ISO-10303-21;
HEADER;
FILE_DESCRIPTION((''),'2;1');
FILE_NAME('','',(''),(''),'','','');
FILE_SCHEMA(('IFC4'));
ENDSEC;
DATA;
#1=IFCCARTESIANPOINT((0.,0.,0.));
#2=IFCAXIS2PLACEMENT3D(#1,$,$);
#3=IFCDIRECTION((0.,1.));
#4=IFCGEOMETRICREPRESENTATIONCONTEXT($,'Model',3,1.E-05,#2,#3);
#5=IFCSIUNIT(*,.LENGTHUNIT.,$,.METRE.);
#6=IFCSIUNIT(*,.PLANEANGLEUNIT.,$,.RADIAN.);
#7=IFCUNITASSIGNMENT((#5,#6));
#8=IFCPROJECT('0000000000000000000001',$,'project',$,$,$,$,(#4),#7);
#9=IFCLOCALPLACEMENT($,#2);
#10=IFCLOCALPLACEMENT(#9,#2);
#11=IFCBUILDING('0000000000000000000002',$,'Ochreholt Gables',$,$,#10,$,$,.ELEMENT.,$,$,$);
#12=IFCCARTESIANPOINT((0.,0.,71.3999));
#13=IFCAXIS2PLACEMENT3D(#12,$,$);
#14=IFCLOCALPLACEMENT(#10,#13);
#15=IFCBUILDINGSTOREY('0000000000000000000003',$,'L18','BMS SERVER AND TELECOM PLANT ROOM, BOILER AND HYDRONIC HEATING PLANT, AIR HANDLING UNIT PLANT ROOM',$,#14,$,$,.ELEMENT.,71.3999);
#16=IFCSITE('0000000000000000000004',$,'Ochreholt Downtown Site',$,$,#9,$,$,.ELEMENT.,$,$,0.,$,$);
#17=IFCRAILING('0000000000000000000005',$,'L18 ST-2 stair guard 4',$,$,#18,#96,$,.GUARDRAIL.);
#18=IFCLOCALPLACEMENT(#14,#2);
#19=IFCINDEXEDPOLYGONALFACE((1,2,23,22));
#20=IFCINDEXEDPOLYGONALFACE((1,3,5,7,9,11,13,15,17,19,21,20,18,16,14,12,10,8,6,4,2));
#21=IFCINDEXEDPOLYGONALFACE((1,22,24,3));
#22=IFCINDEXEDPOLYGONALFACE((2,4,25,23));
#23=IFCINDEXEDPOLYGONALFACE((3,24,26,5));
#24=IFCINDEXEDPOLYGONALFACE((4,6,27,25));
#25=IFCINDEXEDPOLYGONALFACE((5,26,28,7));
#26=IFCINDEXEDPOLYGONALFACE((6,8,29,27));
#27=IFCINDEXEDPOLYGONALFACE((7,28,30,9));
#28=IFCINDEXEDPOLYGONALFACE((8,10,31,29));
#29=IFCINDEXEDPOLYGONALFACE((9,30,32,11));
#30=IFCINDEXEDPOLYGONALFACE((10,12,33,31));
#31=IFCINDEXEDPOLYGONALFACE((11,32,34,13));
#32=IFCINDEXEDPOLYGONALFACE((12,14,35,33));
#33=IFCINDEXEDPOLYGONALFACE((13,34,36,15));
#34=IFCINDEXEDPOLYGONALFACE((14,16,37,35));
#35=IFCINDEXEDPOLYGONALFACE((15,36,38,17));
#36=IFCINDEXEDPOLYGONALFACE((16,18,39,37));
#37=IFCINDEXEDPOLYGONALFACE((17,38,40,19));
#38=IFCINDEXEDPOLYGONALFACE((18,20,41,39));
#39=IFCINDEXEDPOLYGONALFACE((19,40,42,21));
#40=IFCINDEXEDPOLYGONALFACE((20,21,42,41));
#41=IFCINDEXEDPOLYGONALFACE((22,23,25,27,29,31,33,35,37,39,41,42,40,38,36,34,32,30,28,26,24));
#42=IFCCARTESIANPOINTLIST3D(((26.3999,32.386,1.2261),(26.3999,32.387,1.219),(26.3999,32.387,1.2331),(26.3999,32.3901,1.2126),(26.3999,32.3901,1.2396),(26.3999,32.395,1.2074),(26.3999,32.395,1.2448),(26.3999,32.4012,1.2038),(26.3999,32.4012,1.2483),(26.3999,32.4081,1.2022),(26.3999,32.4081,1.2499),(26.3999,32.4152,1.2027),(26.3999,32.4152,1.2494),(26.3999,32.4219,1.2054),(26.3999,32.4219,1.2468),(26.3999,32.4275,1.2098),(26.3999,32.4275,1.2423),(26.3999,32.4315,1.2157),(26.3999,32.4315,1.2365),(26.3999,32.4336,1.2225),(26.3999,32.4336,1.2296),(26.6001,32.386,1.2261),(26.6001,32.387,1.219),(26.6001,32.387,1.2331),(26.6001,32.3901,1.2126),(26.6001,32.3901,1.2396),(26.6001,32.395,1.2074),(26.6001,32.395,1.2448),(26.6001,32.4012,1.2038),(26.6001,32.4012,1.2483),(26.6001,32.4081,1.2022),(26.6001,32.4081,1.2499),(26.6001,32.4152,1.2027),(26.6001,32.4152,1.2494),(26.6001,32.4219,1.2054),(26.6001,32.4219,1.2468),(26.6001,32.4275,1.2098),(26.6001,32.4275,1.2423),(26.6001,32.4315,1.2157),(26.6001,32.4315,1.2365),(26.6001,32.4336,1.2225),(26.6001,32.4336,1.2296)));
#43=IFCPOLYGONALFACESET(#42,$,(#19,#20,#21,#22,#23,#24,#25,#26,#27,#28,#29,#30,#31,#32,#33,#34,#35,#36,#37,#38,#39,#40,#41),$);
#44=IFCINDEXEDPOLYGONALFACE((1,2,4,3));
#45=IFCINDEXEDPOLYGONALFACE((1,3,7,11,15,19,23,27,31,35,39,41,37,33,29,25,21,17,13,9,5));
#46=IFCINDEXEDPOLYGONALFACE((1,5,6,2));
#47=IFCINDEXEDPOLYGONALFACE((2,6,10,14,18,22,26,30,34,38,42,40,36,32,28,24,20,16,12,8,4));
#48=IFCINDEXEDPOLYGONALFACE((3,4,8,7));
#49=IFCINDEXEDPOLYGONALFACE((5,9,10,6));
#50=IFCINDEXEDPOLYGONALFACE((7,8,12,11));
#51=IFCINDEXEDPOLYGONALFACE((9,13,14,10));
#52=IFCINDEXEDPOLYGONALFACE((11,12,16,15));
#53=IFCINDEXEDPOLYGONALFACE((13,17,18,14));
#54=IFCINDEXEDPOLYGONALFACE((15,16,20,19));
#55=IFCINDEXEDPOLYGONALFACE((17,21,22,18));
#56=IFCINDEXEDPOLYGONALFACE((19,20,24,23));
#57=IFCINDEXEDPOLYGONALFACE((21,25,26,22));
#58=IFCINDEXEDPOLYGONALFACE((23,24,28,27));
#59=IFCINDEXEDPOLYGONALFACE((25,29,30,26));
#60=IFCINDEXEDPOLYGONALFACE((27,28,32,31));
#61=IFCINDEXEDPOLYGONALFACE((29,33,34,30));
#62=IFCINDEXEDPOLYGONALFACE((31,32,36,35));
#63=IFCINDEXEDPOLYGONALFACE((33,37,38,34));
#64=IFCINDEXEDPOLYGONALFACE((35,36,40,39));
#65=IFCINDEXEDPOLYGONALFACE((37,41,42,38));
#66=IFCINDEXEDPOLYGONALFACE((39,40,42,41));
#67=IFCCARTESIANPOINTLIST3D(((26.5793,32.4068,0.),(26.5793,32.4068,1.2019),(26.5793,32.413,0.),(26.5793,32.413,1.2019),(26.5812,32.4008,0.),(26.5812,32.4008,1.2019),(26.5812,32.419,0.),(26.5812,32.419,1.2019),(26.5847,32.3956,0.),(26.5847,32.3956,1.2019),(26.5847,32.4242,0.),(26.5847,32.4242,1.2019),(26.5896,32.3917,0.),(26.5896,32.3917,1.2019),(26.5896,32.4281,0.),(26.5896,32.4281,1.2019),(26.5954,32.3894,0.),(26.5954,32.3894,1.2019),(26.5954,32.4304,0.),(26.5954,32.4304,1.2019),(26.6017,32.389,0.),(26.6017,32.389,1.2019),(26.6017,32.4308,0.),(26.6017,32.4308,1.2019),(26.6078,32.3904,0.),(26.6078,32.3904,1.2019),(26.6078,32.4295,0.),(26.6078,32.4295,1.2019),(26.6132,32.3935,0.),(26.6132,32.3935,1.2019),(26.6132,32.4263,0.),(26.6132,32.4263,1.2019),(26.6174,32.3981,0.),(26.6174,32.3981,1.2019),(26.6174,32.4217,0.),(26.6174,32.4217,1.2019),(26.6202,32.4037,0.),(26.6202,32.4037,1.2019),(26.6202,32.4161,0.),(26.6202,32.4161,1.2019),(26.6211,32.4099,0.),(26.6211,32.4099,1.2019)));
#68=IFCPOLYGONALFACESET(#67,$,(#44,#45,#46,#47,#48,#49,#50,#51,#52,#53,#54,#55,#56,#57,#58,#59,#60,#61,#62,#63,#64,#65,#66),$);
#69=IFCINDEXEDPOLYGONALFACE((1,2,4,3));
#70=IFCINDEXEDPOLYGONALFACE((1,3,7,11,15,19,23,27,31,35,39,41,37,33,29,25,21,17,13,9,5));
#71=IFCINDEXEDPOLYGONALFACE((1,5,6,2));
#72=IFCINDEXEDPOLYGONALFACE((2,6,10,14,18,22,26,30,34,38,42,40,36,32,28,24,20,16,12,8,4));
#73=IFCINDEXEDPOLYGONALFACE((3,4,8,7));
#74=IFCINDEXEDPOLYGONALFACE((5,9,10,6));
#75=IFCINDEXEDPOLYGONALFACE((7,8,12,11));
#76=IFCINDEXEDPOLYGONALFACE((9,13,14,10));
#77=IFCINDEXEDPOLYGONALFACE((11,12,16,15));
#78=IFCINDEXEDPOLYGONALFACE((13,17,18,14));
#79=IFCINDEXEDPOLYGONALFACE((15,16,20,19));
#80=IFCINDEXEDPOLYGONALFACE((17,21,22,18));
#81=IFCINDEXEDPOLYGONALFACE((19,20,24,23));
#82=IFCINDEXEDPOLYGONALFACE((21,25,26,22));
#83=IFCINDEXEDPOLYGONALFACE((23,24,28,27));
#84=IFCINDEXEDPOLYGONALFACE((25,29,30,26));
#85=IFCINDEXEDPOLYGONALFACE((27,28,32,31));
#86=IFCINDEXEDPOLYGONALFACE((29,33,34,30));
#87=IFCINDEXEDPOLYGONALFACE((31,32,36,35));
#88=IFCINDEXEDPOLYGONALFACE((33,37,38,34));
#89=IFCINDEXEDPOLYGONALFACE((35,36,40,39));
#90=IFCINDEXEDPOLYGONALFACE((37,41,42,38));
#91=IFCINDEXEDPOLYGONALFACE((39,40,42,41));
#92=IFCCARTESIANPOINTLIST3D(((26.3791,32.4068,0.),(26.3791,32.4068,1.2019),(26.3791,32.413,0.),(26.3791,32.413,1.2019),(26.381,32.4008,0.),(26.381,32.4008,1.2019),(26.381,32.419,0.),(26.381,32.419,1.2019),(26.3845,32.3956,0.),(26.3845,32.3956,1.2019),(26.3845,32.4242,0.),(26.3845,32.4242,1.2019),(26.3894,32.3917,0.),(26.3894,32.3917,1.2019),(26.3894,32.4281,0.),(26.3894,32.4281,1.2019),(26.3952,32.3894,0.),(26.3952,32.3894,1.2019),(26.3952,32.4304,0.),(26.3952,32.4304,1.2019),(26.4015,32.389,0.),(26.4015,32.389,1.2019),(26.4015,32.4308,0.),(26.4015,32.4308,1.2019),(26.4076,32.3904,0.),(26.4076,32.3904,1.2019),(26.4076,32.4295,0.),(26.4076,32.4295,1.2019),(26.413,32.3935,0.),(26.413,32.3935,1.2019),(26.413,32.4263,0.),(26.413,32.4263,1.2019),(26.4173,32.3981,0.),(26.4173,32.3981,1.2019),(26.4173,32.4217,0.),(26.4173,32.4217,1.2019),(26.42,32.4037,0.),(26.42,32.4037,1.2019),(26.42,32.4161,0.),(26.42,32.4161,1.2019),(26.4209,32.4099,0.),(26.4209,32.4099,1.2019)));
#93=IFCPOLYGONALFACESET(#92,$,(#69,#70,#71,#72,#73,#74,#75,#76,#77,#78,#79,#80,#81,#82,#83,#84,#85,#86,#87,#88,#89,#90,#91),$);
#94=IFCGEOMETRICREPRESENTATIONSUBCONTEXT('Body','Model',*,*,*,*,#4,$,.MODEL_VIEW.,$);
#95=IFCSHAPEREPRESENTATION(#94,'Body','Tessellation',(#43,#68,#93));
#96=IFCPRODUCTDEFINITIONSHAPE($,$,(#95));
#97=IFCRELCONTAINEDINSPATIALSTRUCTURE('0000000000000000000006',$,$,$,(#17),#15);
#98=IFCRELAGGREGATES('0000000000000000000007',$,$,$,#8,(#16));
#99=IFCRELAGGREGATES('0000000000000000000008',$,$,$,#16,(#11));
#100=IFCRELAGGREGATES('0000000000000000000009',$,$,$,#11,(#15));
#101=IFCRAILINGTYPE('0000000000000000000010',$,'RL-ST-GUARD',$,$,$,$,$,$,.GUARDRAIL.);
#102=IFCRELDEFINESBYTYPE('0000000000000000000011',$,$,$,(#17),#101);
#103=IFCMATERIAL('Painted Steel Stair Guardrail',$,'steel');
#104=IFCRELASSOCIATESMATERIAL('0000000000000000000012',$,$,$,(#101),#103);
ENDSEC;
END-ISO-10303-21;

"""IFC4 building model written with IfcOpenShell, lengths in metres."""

from ifc_helpers import new_model, si_unit, direction, frame, origin, origin_2d, place, context, subcontext, project, spatial, circle, extrude, material, type_object, element, save


model = new_model("IFC4")

# Units and contexts
model_context = context("Model", 3, precision=1e-05, world=origin(), true_north=direction((0.0, 1.0)))
body_context = subcontext(model_context, "Body", "Model", "MODEL_VIEW")
ifc_project = project(units=[si_unit("LENGTHUNIT", "METRE"), si_unit("PLANEANGLEUNIT", "RADIAN")], contexts=[model_context])

# Site, building, storey
site_placement = place(None, origin())
site = spatial("IfcSite", under=ifc_project, at=site_placement, Name="Ochreholt Downtown Site", CompositionType="ELEMENT", RefElevation=0.0)
building_placement = place(site_placement, origin())
building = spatial("IfcBuilding", under=site, at=building_placement, Name="Ochreholt Gables", CompositionType="ELEMENT")
storey_placement = place(building_placement, frame((0.0, 0.0, 71.3999)))
storey = spatial("IfcBuildingStorey", under=building, at=storey_placement, Name="L18", Description="BMS SERVER AND TELECOM PLANT ROOM, BOILER AND HYDRONIC HEATING PLANT, AIR HANDLING UNIT PLANT ROOM", CompositionType="ELEMENT", Elevation=71.3999)

# Railing
ifc_material_1 = material(Name="Painted Steel Stair Guardrail", Category="steel")
railing_type_1 = type_object("IfcRailingType", Name="RL-ST-GUARD", PredefinedType="GUARDRAIL", material=ifc_material_1)
railing_1_placement = place(storey_placement, frame((26.6001, 32.4099, 0.0)))
element("IfcRailing", 1, at=railing_1_placement, inside=storey, type_object=railing_type_1, Name="L18 ST-2 stair guard 4", PredefinedType="GUARDRAIL", context=body_context, shape_type="SweptSolid", body=[
    extrude(circle(Radius=0.0239, at=origin_2d()), frame((0.0, 0.0, 1.2261), z_axis=(-1.0, 0.0, 0.0), x_axis=(0.0, -1.0, 0.0)), (0.0, 0.0, 1.0), 0.2002),
    extrude(circle(Radius=0.021, at=origin_2d()), origin(), (0.0, 0.0, 1.0), 1.2019),
    extrude(circle(Radius=0.021, at=origin_2d()), frame((-0.2002, 0.0, 0.0)), (0.0, 0.0, 1.0), 1.2019),
])

save(model, "model.ifc")
